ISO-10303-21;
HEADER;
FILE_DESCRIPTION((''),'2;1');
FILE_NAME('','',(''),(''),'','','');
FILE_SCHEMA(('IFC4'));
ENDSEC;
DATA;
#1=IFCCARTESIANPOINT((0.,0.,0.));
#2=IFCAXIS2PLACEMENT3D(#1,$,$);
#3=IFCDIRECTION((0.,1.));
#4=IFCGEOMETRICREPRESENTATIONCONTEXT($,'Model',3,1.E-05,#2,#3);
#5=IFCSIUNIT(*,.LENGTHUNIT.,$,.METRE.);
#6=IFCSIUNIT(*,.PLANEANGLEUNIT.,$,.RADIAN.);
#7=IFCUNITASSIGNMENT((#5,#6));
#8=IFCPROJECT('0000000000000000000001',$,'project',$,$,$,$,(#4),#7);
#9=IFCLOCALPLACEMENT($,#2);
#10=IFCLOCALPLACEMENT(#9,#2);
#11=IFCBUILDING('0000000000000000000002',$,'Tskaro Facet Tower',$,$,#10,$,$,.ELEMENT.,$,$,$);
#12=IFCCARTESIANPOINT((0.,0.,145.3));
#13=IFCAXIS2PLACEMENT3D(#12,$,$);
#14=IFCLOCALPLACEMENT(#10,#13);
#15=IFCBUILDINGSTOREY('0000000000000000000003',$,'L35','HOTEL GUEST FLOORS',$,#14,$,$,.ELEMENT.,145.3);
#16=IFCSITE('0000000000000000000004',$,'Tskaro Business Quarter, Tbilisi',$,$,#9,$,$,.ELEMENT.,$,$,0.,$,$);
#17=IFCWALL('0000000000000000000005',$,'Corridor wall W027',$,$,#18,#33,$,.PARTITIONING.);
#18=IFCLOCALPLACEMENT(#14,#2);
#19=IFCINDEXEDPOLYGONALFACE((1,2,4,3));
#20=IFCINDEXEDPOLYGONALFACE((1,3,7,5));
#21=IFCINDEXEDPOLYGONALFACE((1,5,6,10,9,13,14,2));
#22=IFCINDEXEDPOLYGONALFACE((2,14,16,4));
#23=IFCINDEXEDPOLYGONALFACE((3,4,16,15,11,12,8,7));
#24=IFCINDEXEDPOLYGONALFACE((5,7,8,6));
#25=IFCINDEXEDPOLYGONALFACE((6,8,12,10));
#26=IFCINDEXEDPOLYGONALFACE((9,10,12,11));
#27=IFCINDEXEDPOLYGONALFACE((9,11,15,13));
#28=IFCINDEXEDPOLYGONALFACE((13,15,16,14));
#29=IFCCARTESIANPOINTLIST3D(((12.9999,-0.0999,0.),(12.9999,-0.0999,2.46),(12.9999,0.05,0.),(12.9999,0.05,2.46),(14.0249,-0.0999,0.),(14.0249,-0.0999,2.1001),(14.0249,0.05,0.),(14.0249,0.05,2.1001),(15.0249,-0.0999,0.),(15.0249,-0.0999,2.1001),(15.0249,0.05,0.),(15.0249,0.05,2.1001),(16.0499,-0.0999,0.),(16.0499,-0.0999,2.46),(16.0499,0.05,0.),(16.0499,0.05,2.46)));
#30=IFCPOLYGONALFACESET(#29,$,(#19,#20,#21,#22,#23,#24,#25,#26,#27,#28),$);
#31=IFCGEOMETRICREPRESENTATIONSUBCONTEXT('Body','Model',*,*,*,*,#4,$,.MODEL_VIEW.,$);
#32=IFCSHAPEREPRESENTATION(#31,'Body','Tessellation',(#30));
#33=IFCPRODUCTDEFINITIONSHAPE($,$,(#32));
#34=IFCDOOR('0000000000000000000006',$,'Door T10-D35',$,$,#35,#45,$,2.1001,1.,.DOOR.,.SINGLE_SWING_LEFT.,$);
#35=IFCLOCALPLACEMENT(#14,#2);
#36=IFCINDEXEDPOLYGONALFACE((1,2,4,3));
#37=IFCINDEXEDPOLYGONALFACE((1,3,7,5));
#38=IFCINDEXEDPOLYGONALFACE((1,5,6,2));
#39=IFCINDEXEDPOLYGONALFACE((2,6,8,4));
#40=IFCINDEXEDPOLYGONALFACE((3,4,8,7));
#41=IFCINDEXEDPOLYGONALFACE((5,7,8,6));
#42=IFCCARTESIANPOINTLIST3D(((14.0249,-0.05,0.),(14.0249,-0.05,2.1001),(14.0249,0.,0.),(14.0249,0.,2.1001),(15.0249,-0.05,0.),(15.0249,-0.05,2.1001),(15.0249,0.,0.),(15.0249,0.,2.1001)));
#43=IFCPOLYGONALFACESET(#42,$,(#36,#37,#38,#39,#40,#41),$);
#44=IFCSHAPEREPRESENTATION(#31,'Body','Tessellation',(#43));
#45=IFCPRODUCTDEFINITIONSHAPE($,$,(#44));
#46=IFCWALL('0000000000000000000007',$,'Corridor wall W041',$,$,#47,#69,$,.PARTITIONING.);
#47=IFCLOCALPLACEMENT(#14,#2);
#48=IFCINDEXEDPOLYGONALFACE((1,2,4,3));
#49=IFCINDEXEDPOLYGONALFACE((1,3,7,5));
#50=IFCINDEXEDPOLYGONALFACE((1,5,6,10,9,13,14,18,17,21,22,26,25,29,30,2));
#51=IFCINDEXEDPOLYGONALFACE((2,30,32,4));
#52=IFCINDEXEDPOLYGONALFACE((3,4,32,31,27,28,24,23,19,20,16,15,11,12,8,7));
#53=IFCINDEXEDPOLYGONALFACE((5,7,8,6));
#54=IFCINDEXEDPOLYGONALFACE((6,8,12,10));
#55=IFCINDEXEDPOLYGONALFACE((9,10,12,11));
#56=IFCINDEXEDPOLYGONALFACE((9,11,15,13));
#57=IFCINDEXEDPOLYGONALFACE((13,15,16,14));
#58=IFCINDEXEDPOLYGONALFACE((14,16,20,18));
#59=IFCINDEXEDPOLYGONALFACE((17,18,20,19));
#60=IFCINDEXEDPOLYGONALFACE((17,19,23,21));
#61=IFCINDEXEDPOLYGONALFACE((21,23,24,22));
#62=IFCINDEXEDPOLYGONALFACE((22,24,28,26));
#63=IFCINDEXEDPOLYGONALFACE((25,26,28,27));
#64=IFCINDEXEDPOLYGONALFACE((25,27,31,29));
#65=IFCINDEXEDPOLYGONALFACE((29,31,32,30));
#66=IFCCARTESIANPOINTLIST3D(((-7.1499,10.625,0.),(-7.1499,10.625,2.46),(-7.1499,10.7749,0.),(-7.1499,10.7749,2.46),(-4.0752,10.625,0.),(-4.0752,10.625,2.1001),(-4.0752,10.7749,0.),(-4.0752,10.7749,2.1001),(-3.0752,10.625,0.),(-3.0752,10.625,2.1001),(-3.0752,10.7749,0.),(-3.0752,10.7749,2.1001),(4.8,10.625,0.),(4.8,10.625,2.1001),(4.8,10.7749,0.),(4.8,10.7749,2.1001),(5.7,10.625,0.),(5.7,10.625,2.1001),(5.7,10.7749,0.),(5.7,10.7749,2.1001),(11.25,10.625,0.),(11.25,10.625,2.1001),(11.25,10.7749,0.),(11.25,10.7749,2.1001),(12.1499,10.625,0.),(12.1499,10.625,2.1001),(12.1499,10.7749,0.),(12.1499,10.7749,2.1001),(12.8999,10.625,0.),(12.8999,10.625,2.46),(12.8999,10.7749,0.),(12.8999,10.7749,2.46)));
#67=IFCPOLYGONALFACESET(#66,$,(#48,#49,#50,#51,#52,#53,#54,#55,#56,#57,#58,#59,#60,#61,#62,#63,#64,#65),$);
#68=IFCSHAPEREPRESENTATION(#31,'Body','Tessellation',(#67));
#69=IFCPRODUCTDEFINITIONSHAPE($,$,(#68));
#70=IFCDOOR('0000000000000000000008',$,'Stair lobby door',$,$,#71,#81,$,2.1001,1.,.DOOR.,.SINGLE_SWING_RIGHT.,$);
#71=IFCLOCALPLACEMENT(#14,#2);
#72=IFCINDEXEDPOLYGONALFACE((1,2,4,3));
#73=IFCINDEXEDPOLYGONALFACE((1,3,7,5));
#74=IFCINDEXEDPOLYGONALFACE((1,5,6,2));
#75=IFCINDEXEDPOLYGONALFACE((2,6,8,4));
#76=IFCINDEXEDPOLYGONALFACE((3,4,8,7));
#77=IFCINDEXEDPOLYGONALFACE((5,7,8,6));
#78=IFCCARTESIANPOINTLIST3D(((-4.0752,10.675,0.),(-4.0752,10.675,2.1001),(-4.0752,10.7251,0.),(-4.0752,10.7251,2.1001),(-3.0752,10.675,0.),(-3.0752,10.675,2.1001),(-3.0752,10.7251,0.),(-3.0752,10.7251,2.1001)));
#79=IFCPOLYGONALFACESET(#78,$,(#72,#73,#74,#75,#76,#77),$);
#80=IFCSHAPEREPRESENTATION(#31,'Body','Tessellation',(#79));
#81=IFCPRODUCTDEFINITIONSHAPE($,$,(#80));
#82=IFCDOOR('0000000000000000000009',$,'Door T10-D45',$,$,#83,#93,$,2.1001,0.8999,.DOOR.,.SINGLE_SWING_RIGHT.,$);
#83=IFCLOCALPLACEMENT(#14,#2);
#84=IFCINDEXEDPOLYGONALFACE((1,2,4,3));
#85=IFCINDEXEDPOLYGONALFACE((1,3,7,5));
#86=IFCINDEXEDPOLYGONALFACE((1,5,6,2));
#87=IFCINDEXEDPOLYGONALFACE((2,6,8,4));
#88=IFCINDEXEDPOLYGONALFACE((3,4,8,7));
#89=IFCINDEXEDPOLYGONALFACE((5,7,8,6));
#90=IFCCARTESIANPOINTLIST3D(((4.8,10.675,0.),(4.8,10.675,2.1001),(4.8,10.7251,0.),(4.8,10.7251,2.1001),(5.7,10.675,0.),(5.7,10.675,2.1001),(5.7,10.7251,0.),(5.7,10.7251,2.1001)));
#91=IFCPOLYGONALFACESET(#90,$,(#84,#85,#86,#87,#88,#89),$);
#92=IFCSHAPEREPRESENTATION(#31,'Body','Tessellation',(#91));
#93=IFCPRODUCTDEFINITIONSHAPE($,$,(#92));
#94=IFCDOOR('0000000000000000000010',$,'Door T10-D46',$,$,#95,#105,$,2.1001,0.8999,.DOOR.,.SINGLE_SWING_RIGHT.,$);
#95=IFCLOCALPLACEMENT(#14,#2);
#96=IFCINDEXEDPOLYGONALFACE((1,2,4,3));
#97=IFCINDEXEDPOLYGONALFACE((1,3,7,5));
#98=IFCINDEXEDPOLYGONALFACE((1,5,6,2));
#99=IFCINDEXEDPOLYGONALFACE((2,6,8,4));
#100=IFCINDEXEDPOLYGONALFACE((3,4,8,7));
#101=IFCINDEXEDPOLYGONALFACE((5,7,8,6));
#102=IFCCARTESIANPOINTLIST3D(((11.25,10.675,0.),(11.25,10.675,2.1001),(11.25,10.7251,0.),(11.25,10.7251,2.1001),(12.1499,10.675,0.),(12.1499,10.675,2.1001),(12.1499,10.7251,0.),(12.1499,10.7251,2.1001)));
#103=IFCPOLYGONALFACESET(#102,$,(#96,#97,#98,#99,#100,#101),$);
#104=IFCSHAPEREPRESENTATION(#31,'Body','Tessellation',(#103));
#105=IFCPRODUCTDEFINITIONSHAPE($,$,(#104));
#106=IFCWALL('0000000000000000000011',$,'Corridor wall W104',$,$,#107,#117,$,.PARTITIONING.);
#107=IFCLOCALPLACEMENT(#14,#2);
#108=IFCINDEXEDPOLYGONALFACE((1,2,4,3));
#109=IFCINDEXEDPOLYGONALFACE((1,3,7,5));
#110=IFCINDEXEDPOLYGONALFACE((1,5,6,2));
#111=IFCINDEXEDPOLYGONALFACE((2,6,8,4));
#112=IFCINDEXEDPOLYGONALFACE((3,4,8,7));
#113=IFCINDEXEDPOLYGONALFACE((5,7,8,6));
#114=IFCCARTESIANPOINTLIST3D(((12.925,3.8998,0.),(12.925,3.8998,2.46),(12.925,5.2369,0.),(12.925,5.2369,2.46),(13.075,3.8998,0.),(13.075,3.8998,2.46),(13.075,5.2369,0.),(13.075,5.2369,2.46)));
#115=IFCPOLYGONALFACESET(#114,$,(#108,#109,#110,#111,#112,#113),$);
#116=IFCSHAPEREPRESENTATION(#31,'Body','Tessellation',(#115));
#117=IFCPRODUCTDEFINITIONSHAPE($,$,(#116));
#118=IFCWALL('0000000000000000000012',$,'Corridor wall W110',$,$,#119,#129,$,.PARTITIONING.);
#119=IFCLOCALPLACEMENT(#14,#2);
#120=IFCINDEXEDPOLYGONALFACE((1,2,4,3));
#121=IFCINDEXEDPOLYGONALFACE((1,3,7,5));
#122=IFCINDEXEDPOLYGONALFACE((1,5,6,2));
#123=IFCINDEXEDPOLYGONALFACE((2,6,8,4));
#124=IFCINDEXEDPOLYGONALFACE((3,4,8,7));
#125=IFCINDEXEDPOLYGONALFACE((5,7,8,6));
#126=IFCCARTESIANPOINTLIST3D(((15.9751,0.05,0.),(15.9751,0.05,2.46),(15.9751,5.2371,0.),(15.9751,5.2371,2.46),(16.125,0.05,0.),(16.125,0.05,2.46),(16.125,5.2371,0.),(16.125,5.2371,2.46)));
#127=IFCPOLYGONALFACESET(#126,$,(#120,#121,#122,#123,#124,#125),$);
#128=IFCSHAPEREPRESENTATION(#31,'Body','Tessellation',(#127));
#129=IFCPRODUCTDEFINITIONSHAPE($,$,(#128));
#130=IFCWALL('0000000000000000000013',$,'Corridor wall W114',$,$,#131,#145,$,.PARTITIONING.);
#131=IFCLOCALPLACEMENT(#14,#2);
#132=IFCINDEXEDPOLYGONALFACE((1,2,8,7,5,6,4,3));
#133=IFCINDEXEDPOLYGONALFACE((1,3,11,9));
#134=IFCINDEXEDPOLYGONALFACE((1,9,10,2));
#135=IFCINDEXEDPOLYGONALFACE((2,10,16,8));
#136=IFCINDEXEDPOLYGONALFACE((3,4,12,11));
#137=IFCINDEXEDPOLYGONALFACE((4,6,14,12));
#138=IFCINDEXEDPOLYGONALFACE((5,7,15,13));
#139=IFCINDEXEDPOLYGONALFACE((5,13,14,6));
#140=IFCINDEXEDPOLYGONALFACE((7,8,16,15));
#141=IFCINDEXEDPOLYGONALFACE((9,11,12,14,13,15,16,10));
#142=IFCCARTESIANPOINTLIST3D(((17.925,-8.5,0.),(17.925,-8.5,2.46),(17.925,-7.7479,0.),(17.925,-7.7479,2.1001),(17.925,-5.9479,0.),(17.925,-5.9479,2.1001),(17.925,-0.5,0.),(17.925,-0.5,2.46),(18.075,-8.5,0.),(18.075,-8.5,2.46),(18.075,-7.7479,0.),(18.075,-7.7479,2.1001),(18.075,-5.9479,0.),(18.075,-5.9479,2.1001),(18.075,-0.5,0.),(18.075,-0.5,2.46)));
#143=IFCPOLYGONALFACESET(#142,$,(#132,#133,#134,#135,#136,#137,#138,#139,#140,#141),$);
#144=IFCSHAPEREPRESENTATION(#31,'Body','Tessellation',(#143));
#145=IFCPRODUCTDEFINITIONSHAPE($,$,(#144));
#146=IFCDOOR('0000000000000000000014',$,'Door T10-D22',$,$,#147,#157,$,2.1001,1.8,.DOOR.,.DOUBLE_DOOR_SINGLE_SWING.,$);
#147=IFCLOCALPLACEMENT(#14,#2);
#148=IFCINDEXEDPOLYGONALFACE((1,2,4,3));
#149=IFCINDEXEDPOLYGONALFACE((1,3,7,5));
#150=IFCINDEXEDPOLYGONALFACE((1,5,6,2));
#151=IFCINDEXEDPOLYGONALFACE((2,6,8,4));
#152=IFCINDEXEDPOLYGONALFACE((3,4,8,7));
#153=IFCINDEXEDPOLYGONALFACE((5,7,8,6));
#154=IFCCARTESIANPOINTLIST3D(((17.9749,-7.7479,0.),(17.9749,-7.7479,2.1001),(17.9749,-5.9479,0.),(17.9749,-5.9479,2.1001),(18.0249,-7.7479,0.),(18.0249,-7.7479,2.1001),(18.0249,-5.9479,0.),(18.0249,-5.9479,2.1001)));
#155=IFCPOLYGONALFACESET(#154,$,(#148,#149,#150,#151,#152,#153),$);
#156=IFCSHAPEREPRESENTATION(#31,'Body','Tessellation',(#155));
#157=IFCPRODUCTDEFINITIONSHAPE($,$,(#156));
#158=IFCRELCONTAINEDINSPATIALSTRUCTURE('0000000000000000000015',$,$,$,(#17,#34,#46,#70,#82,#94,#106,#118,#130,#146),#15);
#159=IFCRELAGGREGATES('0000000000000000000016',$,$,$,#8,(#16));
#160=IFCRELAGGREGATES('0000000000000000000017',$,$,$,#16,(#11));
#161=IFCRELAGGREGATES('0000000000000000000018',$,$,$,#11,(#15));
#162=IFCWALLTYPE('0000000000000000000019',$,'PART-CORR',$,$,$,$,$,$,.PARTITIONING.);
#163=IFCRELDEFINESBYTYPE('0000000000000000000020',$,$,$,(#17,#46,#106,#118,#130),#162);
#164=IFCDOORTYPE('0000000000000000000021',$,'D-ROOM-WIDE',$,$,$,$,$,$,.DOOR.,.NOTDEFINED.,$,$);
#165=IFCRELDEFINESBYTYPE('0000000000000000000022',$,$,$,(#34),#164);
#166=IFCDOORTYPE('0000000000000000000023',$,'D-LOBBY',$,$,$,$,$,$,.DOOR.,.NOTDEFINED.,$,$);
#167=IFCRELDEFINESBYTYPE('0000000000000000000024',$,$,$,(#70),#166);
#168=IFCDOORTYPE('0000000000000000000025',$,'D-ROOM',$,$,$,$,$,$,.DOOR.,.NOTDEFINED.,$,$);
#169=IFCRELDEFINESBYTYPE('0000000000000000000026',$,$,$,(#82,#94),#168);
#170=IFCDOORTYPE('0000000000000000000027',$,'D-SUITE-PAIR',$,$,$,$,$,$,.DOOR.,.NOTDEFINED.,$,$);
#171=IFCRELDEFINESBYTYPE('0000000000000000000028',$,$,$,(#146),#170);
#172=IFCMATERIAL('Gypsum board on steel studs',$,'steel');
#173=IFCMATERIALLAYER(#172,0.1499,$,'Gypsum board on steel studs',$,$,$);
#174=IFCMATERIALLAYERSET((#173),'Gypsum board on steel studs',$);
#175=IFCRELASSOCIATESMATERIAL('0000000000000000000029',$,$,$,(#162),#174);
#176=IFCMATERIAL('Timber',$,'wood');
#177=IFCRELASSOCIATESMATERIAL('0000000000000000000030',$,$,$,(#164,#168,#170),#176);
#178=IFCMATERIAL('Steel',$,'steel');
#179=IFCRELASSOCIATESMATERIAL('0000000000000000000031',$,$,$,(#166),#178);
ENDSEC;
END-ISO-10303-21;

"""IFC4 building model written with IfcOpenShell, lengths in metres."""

from ifc_helpers import new_model, si_unit, direction, frame, frame_2d, origin, place, context, subcontext, project, spatial, rectangle, extrude, material, layer, layer_set, type_object, element, fill, save


model = new_model("IFC4")

# Units and contexts
model_context = context("Model", 3, precision=1e-05, world=origin(), true_north=direction((0.0, 1.0)))
body_context = subcontext(model_context, "Body", "Model", "MODEL_VIEW")
ifc_project = project(units=[si_unit("LENGTHUNIT", "METRE"), si_unit("PLANEANGLEUNIT", "RADIAN")], contexts=[model_context])

# Site, building, storey
site_placement = place(None, origin())
site = spatial("IfcSite", under=ifc_project, at=site_placement, Name="Tskaro Business Quarter, Tbilisi", CompositionType="ELEMENT", RefElevation=0.0)
building_placement = place(site_placement, origin())
building = spatial("IfcBuilding", under=site, at=building_placement, Name="Tskaro Facet Tower", CompositionType="ELEMENT")
storey_placement = place(building_placement, frame((0.0, 0.0, 145.3)))
storey = spatial("IfcBuildingStorey", under=building, at=storey_placement, Name="L35", Description="HOTEL GUEST FLOORS", CompositionType="ELEMENT", Elevation=145.3)

# Shared definitions
ifc_material_1 = material(Name="Gypsum board on steel studs", Category="steel")

# Wall, opening, door
ifc_layer_1 = layer(ifc_material_1, 0.1499, Name="Gypsum board on steel studs")
ifc_layer_set_1 = layer_set([ifc_layer_1], Name="Gypsum board on steel studs")
wall_type_1 = type_object("IfcWallType", Name="PART-CORR", PredefinedType="PARTITIONING", material=ifc_layer_set_1)
wall_1_placement = place(storey_placement, frame((13.0, -0.0249, 0.0), z_axis=(0.0, 0.0, 1.0), x_axis=(1.0, 0.0, 0.0)))
wall_1 = element("IfcWall", 1, at=wall_1_placement, inside=storey, type_object=wall_type_1, Name="Corridor wall W027", PredefinedType="PARTITIONING", context=body_context, shape_type="SweptSolid", body=[
    extrude(rectangle(XDim=3.05, YDim=0.1499, at=frame_2d((1.5249, 0.0))), origin(), (0.0, 0.0, 1.0), 2.46),
])
opening_1_placement = place(wall_1_placement, frame((1.0249, 0.0, 0.0)))
opening_1 = element("IfcOpeningElement", 2, at=opening_1_placement, cuts=wall_1, PredefinedType="OPENING", context=body_context, shape_type="SweptSolid", body=[
    extrude(rectangle(XDim=1.0, YDim=2.1001, at=frame_2d((0.5, 1.05))), frame((0.0, 0.085, 0.0), z_axis=(0.0, -1.0, 0.0), x_axis=(1.0, 0.0, 0.0)), (0.0, 0.0, 1.0), 0.1699),
])
ifc_material_2 = material(Name="Timber", Category="wood")
door_type_1 = type_object("IfcDoorType", Name="D-ROOM-WIDE", OperationType="NOTDEFINED", PredefinedType="DOOR", material=ifc_material_2)
door_1_placement = place(opening_1_placement, origin())
door_1 = element("IfcDoor", 3, at=door_1_placement, inside=storey, type_object=door_type_1, Name="Door T10-D35", OperationType="SINGLE_SWING_LEFT", OverallHeight=2.1001, OverallWidth=1.0, PredefinedType="DOOR", context=body_context, shape_type="SweptSolid", body=[
    extrude(rectangle(XDim=1.0, YDim=2.1001, at=frame_2d((0.5, 1.05))), frame((0.0, 0.0249, 0.0), z_axis=(0.0, -1.0, 0.0), x_axis=(1.0, 0.0, 0.0)), (0.0, 0.0, 1.0), 0.05),
])
fill(opening_1, door_1)

# Wall, openings, doors
wall_2_placement = place(storey_placement, frame((12.8999, 10.7, 0.0), z_axis=(0.0, 0.0, 1.0), x_axis=(-1.0, 0.0, 0.0)))
wall_2 = element("IfcWall", 4, at=wall_2_placement, inside=storey, type_object=wall_type_1, Name="Corridor wall W041", PredefinedType="PARTITIONING", context=body_context, shape_type="SweptSolid", body=[
    extrude(rectangle(XDim=20.0498, YDim=0.1499, at=frame_2d((10.0249, 0.0))), origin(), (0.0, 0.0, 1.0), 2.46),
])
opening_2_placement = place(wall_2_placement, frame((15.9751, 0.0, 0.0)))
opening_2 = element("IfcOpeningElement", 5, at=opening_2_placement, cuts=wall_2, PredefinedType="OPENING", context=body_context, shape_type="SweptSolid", body=[
    extrude(rectangle(XDim=1.0, YDim=2.1001, at=frame_2d((0.5, 1.05))), frame((0.0, 0.085, 0.0), z_axis=(0.0, -1.0, 0.0), x_axis=(1.0, 0.0, 0.0)), (0.0, 0.0, 1.0), 0.1699),
])
opening_3_placement = place(wall_2_placement, frame((7.2, 0.0, 0.0)))
opening_3 = element("IfcOpeningElement", 6, at=opening_3_placement, cuts=wall_2, PredefinedType="OPENING", context=body_context, shape_type="SweptSolid", body=[
    extrude(rectangle(XDim=0.8999, YDim=2.1001, at=frame_2d((0.45, 1.05))), frame((0.0, 0.085, 0.0), z_axis=(0.0, -1.0, 0.0), x_axis=(1.0, 0.0, 0.0)), (0.0, 0.0, 1.0), 0.1699),
])
opening_4_placement = place(wall_2_placement, frame((0.75, 0.0, 0.0)))
opening_4 = element("IfcOpeningElement", 7, at=opening_4_placement, cuts=wall_2, PredefinedType="OPENING", context=body_context, shape_type="SweptSolid", body=[
    extrude(rectangle(XDim=0.8999, YDim=2.1001, at=frame_2d((0.45, 1.05))), frame((0.0, 0.085, 0.0), z_axis=(0.0, -1.0, 0.0), x_axis=(1.0, 0.0, 0.0)), (0.0, 0.0, 1.0), 0.1699),
])
ifc_material_3 = material(Name="Steel", Category="steel")
door_type_2 = type_object("IfcDoorType", Name="D-LOBBY", OperationType="NOTDEFINED", PredefinedType="DOOR", material=ifc_material_3)
door_2_placement = place(opening_2_placement, origin())
door_2 = element("IfcDoor", 8, at=door_2_placement, inside=storey, type_object=door_type_2, Name="Stair lobby door", OperationType="SINGLE_SWING_RIGHT", OverallHeight=2.1001, OverallWidth=1.0, PredefinedType="DOOR", context=body_context, shape_type="SweptSolid", body=[
    extrude(rectangle(XDim=1.0, YDim=2.1001, at=frame_2d((0.5, 1.05))), frame((0.0, 0.0249, 0.0), z_axis=(0.0, -1.0, 0.0), x_axis=(1.0, 0.0, 0.0)), (0.0, 0.0, 1.0), 0.05),
])
fill(opening_2, door_2)
door_type_3 = type_object("IfcDoorType", Name="D-ROOM", OperationType="NOTDEFINED", PredefinedType="DOOR", material=ifc_material_2)
door_3_placement = place(opening_3_placement, origin())
door_3 = element("IfcDoor", 9, at=door_3_placement, inside=storey, type_object=door_type_3, Name="Door T10-D45", OperationType="SINGLE_SWING_RIGHT", OverallHeight=2.1001, OverallWidth=0.8999, PredefinedType="DOOR", context=body_context, shape_type="SweptSolid", body=[
    extrude(rectangle(XDim=0.8999, YDim=2.1001, at=frame_2d((0.45, 1.05))), frame((0.0, 0.0249, 0.0), z_axis=(0.0, -1.0, 0.0), x_axis=(1.0, 0.0, 0.0)), (0.0, 0.0, 1.0), 0.05),
])
fill(opening_3, door_3)
door_4_placement = place(opening_4_placement, origin())
door_4 = element("IfcDoor", 10, at=door_4_placement, inside=storey, type_object=door_type_3, Name="Door T10-D46", OperationType="SINGLE_SWING_RIGHT", OverallHeight=2.1001, OverallWidth=0.8999, PredefinedType="DOOR", context=body_context, shape_type="SweptSolid", body=[
    extrude(rectangle(XDim=0.8999, YDim=2.1001, at=frame_2d((0.45, 1.05))), frame((0.0, 0.0249, 0.0), z_axis=(0.0, -1.0, 0.0), x_axis=(1.0, 0.0, 0.0)), (0.0, 0.0, 1.0), 0.05),
])
fill(opening_4, door_4)

# Walls
wall_3_placement = place(storey_placement, frame((13.0, 3.8999, 0.0), z_axis=(0.0, 0.0, 1.0), x_axis=(0.0, 1.0, 0.0)))
element("IfcWall", 11, at=wall_3_placement, inside=storey, type_object=wall_type_1, Name="Corridor wall W104", PredefinedType="PARTITIONING", context=body_context, shape_type="SweptSolid", body=[
    extrude(rectangle(XDim=1.3372, YDim=0.1499, at=frame_2d((0.6685, 0.0))), origin(), (0.0, 0.0, 1.0), 2.46),
])
wall_4_placement = place(storey_placement, frame((16.05, 0.05, 0.0), z_axis=(0.0, 0.0, 1.0), x_axis=(0.0, 1.0, 0.0)))
element("IfcWall", 12, at=wall_4_placement, inside=storey, type_object=wall_type_1, Name="Corridor wall W110", PredefinedType="PARTITIONING", context=body_context, shape_type="SweptSolid", body=[
    extrude(rectangle(XDim=5.187, YDim=0.1499, at=frame_2d((2.5935, 0.0))), origin(), (0.0, 0.0, 1.0), 2.46),
])

# Wall, opening, door
wall_5_placement = place(storey_placement, frame((18.0, -0.5, 0.0), z_axis=(0.0, 0.0, 1.0), x_axis=(0.0, -1.0, 0.0)))
wall_5 = element("IfcWall", 13, at=wall_5_placement, inside=storey, type_object=wall_type_1, Name="Corridor wall W114", PredefinedType="PARTITIONING", context=body_context, shape_type="SweptSolid", body=[
    extrude(rectangle(XDim=8.0, YDim=0.1499, at=frame_2d((4.0, 0.0))), origin(), (0.0, 0.0, 1.0), 2.46),
])
opening_5_placement = place(wall_5_placement, frame((5.448, 0.0, 0.0)))
opening_5 = element("IfcOpeningElement", 14, at=opening_5_placement, cuts=wall_5, PredefinedType="OPENING", context=body_context, shape_type="SweptSolid", body=[
    extrude(rectangle(XDim=1.8, YDim=2.1001, at=frame_2d((0.8999, 1.05))), frame((0.0, 0.085, 0.0), z_axis=(0.0, -1.0, 0.0), x_axis=(1.0, 0.0, 0.0)), (0.0, 0.0, 1.0), 0.1699),
])
door_type_4 = type_object("IfcDoorType", Name="D-SUITE-PAIR", OperationType="NOTDEFINED", PredefinedType="DOOR", material=ifc_material_2)
door_5_placement = place(opening_5_placement, origin())
door_5 = element("IfcDoor", 15, at=door_5_placement, inside=storey, type_object=door_type_4, Name="Door T10-D22", OperationType="DOUBLE_DOOR_SINGLE_SWING", OverallHeight=2.1001, OverallWidth=1.8, PredefinedType="DOOR", context=body_context, shape_type="SweptSolid", body=[
    extrude(rectangle(XDim=1.8, YDim=2.1001, at=frame_2d((0.8999, 1.05))), frame((0.0, 0.0249, 0.0), z_axis=(0.0, -1.0, 0.0), x_axis=(1.0, 0.0, 0.0)), (0.0, 0.0, 1.0), 0.05),
])
fill(opening_5, door_5)

save(model, "model.ifc")
